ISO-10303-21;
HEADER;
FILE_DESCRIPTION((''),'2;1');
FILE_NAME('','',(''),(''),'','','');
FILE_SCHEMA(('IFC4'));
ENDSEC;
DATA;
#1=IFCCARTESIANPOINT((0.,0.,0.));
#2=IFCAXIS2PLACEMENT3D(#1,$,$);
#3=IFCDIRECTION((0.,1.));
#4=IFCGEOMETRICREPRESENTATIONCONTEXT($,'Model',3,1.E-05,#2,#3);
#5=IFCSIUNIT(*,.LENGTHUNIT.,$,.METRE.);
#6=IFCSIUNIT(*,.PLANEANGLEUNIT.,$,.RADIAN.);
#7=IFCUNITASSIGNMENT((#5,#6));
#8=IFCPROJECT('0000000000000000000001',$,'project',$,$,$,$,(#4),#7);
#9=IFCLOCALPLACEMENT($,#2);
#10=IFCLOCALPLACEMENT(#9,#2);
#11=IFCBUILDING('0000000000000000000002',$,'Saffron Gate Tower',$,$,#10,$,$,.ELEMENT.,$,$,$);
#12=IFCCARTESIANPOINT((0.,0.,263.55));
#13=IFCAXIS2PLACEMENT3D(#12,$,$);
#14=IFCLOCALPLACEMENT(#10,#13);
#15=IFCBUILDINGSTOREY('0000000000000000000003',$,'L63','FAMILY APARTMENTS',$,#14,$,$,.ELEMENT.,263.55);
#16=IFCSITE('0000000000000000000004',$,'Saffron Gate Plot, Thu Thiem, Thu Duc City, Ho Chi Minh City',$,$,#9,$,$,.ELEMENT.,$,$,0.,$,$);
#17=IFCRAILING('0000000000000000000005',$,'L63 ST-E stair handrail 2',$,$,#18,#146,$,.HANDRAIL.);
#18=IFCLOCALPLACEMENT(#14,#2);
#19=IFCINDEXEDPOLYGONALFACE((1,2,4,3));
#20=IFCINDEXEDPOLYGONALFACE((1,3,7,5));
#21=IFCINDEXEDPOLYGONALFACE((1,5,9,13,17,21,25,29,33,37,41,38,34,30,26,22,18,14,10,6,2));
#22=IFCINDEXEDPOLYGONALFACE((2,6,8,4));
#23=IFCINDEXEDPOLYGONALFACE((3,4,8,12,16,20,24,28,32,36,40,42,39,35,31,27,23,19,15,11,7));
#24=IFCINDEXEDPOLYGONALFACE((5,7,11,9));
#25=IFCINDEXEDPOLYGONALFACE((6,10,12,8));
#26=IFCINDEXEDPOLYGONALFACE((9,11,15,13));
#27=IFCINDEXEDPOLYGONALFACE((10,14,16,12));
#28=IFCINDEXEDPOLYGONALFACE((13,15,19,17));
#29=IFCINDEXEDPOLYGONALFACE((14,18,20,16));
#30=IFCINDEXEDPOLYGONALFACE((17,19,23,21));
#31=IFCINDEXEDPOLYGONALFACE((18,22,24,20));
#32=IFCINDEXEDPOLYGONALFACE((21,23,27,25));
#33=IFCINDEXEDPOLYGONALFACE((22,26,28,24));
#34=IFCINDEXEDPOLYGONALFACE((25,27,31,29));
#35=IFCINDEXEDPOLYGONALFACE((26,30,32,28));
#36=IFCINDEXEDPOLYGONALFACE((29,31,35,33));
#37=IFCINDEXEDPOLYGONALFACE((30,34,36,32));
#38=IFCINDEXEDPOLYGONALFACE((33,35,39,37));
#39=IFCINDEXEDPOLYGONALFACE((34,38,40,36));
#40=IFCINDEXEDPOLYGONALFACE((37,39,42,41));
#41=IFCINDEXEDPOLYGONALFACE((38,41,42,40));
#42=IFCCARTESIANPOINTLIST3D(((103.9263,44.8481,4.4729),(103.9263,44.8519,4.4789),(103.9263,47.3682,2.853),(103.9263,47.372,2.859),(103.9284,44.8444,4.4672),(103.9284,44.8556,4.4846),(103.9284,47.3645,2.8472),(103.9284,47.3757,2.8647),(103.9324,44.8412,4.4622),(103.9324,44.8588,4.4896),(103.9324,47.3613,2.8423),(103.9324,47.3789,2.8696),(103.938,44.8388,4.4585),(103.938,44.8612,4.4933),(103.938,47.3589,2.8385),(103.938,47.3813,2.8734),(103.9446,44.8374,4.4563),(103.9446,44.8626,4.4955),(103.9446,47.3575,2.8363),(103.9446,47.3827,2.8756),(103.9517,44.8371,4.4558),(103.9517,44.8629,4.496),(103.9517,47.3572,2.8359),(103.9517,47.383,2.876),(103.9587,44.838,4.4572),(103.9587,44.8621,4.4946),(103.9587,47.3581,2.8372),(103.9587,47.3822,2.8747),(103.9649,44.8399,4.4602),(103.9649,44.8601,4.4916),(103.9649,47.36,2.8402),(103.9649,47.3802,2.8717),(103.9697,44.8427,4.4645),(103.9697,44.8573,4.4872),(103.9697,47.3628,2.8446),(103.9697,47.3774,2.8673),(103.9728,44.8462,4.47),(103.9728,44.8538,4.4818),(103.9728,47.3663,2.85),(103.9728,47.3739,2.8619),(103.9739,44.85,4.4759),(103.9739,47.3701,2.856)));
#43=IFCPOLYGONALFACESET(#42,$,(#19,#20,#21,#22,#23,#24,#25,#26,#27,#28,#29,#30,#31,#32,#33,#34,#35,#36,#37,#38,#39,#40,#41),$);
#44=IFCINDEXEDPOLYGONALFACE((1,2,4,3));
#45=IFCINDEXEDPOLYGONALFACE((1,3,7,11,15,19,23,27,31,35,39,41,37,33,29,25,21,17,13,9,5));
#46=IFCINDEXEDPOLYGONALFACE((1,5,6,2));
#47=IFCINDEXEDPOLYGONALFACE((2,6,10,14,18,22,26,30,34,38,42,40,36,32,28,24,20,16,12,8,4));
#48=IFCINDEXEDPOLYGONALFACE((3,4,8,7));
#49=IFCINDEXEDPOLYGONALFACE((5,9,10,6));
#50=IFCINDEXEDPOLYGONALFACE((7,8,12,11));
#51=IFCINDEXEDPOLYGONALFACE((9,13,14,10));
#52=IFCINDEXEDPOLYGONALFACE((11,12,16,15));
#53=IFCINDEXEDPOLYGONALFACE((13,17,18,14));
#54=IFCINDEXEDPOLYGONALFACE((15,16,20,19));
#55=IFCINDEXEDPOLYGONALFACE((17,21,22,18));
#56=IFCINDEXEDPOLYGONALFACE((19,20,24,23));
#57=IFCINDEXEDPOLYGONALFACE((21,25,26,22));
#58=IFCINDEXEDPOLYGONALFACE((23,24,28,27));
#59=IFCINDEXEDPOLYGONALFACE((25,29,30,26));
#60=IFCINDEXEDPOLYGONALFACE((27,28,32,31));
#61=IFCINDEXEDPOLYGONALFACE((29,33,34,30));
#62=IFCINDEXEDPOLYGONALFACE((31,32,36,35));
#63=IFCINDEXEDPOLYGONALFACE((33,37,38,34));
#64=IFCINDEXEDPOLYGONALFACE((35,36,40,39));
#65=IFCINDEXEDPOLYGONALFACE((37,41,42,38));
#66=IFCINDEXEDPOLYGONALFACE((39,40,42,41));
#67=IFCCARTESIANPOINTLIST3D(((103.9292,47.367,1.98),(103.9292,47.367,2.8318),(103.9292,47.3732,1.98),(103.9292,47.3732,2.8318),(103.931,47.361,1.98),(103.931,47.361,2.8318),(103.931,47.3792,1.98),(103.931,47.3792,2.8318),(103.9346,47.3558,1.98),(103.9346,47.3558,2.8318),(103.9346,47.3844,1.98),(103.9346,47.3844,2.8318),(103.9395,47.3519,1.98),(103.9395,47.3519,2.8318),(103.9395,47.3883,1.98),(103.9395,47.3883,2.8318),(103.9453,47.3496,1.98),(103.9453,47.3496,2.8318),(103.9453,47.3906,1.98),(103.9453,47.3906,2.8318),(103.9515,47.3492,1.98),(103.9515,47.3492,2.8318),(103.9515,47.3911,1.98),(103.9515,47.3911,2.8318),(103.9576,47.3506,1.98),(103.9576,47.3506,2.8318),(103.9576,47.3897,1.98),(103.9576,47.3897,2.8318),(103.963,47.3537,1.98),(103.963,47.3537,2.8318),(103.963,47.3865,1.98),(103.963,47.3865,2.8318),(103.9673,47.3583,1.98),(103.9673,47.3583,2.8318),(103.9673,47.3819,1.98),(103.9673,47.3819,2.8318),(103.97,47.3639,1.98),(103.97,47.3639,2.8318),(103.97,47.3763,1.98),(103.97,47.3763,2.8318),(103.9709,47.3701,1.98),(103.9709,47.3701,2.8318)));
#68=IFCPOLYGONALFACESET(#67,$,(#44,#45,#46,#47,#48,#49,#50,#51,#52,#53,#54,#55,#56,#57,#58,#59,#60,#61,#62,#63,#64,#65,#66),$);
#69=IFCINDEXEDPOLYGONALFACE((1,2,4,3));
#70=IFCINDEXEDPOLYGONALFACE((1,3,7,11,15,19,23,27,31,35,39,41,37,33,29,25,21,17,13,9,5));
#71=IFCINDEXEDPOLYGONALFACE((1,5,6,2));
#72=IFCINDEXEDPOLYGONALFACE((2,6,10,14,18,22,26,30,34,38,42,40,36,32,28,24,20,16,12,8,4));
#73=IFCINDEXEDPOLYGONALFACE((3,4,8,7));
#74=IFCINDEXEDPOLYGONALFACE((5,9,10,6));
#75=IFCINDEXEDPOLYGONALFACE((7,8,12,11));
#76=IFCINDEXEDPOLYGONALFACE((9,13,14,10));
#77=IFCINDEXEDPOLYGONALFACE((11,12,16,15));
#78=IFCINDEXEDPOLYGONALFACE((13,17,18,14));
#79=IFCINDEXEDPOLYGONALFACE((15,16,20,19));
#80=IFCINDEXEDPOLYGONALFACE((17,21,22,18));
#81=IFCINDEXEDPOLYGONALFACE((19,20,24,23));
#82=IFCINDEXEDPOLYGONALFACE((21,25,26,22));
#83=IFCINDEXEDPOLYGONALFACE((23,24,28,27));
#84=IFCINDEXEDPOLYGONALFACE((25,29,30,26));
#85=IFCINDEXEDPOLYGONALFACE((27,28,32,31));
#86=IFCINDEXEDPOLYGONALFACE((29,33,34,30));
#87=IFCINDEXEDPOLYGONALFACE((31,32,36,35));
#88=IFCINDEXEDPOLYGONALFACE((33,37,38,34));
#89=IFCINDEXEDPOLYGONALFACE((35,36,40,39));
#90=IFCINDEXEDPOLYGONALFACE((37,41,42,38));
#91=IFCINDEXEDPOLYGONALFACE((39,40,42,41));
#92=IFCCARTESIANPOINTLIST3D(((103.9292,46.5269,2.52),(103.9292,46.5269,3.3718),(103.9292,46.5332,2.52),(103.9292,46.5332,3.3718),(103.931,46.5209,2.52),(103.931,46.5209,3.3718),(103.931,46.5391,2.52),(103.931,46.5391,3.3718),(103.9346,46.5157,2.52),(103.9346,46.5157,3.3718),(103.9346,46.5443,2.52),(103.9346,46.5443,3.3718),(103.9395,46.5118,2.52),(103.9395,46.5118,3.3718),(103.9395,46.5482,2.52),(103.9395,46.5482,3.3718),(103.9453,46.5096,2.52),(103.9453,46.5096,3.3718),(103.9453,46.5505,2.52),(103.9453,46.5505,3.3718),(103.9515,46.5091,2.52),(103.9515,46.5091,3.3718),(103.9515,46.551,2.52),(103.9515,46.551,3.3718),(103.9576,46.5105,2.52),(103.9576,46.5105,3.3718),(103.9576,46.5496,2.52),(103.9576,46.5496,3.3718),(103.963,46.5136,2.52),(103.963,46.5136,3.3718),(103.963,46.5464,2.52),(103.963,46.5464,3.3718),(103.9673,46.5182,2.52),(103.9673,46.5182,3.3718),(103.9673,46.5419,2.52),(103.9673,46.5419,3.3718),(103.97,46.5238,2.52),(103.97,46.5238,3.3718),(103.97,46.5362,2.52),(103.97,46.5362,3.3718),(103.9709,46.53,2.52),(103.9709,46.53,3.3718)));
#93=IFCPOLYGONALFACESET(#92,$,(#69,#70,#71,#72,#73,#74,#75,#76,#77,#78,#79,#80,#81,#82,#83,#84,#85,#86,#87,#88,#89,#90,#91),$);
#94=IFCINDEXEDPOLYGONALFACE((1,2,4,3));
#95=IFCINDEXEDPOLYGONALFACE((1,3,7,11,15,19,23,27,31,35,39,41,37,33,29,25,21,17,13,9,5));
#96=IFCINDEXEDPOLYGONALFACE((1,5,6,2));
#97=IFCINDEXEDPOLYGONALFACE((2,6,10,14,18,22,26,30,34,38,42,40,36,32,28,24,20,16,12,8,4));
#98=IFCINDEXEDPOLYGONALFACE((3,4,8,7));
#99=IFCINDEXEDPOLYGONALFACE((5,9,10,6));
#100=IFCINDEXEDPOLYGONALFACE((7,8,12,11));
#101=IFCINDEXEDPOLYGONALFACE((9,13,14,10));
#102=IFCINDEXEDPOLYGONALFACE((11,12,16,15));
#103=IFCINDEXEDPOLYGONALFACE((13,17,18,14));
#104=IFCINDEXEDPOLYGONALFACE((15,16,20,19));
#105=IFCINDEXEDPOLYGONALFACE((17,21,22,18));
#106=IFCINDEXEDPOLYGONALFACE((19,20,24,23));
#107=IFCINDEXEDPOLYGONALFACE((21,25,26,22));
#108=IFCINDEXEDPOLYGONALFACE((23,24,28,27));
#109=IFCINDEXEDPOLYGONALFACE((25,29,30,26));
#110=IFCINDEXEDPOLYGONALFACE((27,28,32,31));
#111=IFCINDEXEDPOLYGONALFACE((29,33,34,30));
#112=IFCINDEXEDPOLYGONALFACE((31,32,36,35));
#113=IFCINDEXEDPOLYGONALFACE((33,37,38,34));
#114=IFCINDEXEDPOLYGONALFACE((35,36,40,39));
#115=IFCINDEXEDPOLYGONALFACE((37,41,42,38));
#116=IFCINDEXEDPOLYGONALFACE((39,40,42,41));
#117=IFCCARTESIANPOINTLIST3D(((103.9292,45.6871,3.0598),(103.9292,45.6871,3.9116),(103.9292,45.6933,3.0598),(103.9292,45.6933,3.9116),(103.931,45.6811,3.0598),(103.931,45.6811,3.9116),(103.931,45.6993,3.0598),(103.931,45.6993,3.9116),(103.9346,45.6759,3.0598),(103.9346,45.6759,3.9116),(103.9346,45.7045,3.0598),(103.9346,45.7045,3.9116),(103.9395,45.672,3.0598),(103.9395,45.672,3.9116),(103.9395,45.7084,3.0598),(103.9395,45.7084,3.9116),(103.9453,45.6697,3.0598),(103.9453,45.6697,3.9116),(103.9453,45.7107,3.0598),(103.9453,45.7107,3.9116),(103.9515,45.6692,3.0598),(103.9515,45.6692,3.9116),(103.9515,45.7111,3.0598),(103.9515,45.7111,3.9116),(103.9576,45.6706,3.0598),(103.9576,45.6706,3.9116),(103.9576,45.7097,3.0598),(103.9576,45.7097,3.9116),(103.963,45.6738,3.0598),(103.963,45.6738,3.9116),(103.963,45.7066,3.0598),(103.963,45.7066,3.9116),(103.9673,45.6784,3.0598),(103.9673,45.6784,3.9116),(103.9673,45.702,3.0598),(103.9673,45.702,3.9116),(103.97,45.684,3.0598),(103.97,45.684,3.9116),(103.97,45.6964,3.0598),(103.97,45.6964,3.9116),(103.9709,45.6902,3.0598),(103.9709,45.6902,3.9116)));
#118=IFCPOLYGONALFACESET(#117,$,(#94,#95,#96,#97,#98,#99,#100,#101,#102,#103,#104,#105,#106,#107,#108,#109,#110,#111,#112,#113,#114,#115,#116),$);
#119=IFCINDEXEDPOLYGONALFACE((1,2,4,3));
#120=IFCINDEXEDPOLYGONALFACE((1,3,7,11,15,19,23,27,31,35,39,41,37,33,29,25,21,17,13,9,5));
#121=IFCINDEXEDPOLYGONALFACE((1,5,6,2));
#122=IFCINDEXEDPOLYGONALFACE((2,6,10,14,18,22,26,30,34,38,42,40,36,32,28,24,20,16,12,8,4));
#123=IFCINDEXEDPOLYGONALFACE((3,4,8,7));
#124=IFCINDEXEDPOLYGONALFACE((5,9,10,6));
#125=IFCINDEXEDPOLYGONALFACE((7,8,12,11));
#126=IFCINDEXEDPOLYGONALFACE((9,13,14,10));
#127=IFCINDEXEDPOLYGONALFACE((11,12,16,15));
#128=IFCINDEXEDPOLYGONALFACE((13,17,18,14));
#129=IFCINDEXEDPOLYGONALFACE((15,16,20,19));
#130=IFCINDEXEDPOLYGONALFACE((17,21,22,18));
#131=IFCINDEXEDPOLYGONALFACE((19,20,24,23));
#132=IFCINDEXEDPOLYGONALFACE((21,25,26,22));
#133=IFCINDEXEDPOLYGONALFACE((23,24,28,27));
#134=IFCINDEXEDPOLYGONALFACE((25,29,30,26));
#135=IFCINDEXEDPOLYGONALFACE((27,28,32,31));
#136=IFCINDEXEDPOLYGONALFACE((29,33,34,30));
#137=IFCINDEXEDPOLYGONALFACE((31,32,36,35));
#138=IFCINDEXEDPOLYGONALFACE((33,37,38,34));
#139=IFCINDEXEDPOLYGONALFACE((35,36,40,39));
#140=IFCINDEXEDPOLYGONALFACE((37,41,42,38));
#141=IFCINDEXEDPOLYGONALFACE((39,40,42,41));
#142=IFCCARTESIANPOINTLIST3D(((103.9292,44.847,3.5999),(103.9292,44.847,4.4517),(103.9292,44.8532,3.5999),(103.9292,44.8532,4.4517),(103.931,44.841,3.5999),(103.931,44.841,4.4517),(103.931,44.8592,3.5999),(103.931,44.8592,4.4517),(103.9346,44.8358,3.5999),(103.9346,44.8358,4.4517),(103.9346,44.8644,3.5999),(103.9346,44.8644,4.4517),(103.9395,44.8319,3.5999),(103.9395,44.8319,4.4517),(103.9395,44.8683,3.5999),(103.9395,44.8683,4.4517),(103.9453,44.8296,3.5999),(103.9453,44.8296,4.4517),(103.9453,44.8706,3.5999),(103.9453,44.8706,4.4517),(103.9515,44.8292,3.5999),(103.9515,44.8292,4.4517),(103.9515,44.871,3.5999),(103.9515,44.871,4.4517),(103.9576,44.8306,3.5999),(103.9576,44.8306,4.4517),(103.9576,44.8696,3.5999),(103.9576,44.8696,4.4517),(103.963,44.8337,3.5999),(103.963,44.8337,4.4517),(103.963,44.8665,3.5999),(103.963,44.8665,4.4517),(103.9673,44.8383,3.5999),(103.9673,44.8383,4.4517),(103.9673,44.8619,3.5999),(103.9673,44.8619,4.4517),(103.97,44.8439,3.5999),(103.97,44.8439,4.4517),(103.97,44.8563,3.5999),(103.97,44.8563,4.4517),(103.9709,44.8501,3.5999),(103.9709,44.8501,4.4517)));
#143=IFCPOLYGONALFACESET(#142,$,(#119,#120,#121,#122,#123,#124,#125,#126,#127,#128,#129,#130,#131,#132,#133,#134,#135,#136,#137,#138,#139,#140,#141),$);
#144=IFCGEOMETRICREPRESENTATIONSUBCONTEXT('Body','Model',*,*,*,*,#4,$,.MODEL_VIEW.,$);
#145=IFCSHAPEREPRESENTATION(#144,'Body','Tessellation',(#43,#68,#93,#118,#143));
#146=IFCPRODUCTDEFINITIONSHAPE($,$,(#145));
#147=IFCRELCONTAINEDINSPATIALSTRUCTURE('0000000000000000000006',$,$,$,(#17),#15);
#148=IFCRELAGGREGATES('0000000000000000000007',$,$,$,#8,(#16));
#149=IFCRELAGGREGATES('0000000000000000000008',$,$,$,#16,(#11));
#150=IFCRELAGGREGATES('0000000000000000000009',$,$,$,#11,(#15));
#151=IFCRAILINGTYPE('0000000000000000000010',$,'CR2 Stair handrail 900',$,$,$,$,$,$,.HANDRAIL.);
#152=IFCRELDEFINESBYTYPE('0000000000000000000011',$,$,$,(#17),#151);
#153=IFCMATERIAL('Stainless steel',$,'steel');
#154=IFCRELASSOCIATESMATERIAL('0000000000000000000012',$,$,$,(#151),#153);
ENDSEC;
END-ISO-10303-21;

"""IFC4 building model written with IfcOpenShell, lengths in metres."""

from ifc_helpers import new_model, si_unit, direction, frame, origin, origin_2d, place, context, subcontext, project, spatial, circle, extrude, material, type_object, element, save


model = new_model("IFC4")

# Units and contexts
model_context = context("Model", 3, precision=1e-05, world=origin(), true_north=direction((0.0, 1.0)))
body_context = subcontext(model_context, "Body", "Model", "MODEL_VIEW")
ifc_project = project(units=[si_unit("LENGTHUNIT", "METRE"), si_unit("PLANEANGLEUNIT", "RADIAN")], contexts=[model_context])

# Site, building, storey
site_placement = place(None, origin())
site = spatial("IfcSite", under=ifc_project, at=site_placement, Name="Saffron Gate Plot, Thu Thiem, Thu Duc City, Ho Chi Minh City", CompositionType="ELEMENT", RefElevation=0.0)
building_placement = place(site_placement, origin())
building = spatial("IfcBuilding", under=site, at=building_placement, Name="Saffron Gate Tower", CompositionType="ELEMENT")
storey_placement = place(building_placement, frame((0.0, 0.0, 263.55)))
storey = spatial("IfcBuildingStorey", under=building, at=storey_placement, Name="L63", Description="FAMILY APARTMENTS", CompositionType="ELEMENT", Elevation=263.55)

# Railing
ifc_material_1 = material(Name="Stainless steel", Category="steel")
railing_type_1 = type_object("IfcRailingType", Name="CR2 Stair handrail 900", PredefinedType="HANDRAIL", material=ifc_material_1)
railing_1_placement = place(storey_placement, frame((103.95, 47.3701, 1.98)))
element("IfcRailing", 1, at=railing_1_placement, inside=storey, type_object=railing_type_1, Name="L63 ST-E stair handrail 2", PredefinedType="HANDRAIL", context=body_context, shape_type="SweptSolid", body=[
    extrude(circle(Radius=0.0239, at=origin_2d()), frame((0.0, 0.0, 0.876), z_axis=(0.0, -0.8412, 0.540725), x_axis=(1.0, 0.0, 0.0)), (0.0, 0.0, 1.0), 2.9958),
    extrude(circle(Radius=0.021, at=origin_2d()), origin(), (0.0, 0.0, 1.0), 0.8518),
    extrude(circle(Radius=0.021, at=origin_2d()), frame((0.0, -0.8401, 0.54)), (0.0, 0.0, 1.0), 0.8518),
    extrude(circle(Radius=0.021, at=origin_2d()), frame((0.0, -1.6799, 1.0798)), (0.0, 0.0, 1.0), 0.8518),
    extrude(circle(Radius=0.021, at=origin_2d()), frame((0.0, -2.52, 1.6199)), (0.0, 0.0, 1.0), 0.8518),
])

save(model, "model.ifc")
